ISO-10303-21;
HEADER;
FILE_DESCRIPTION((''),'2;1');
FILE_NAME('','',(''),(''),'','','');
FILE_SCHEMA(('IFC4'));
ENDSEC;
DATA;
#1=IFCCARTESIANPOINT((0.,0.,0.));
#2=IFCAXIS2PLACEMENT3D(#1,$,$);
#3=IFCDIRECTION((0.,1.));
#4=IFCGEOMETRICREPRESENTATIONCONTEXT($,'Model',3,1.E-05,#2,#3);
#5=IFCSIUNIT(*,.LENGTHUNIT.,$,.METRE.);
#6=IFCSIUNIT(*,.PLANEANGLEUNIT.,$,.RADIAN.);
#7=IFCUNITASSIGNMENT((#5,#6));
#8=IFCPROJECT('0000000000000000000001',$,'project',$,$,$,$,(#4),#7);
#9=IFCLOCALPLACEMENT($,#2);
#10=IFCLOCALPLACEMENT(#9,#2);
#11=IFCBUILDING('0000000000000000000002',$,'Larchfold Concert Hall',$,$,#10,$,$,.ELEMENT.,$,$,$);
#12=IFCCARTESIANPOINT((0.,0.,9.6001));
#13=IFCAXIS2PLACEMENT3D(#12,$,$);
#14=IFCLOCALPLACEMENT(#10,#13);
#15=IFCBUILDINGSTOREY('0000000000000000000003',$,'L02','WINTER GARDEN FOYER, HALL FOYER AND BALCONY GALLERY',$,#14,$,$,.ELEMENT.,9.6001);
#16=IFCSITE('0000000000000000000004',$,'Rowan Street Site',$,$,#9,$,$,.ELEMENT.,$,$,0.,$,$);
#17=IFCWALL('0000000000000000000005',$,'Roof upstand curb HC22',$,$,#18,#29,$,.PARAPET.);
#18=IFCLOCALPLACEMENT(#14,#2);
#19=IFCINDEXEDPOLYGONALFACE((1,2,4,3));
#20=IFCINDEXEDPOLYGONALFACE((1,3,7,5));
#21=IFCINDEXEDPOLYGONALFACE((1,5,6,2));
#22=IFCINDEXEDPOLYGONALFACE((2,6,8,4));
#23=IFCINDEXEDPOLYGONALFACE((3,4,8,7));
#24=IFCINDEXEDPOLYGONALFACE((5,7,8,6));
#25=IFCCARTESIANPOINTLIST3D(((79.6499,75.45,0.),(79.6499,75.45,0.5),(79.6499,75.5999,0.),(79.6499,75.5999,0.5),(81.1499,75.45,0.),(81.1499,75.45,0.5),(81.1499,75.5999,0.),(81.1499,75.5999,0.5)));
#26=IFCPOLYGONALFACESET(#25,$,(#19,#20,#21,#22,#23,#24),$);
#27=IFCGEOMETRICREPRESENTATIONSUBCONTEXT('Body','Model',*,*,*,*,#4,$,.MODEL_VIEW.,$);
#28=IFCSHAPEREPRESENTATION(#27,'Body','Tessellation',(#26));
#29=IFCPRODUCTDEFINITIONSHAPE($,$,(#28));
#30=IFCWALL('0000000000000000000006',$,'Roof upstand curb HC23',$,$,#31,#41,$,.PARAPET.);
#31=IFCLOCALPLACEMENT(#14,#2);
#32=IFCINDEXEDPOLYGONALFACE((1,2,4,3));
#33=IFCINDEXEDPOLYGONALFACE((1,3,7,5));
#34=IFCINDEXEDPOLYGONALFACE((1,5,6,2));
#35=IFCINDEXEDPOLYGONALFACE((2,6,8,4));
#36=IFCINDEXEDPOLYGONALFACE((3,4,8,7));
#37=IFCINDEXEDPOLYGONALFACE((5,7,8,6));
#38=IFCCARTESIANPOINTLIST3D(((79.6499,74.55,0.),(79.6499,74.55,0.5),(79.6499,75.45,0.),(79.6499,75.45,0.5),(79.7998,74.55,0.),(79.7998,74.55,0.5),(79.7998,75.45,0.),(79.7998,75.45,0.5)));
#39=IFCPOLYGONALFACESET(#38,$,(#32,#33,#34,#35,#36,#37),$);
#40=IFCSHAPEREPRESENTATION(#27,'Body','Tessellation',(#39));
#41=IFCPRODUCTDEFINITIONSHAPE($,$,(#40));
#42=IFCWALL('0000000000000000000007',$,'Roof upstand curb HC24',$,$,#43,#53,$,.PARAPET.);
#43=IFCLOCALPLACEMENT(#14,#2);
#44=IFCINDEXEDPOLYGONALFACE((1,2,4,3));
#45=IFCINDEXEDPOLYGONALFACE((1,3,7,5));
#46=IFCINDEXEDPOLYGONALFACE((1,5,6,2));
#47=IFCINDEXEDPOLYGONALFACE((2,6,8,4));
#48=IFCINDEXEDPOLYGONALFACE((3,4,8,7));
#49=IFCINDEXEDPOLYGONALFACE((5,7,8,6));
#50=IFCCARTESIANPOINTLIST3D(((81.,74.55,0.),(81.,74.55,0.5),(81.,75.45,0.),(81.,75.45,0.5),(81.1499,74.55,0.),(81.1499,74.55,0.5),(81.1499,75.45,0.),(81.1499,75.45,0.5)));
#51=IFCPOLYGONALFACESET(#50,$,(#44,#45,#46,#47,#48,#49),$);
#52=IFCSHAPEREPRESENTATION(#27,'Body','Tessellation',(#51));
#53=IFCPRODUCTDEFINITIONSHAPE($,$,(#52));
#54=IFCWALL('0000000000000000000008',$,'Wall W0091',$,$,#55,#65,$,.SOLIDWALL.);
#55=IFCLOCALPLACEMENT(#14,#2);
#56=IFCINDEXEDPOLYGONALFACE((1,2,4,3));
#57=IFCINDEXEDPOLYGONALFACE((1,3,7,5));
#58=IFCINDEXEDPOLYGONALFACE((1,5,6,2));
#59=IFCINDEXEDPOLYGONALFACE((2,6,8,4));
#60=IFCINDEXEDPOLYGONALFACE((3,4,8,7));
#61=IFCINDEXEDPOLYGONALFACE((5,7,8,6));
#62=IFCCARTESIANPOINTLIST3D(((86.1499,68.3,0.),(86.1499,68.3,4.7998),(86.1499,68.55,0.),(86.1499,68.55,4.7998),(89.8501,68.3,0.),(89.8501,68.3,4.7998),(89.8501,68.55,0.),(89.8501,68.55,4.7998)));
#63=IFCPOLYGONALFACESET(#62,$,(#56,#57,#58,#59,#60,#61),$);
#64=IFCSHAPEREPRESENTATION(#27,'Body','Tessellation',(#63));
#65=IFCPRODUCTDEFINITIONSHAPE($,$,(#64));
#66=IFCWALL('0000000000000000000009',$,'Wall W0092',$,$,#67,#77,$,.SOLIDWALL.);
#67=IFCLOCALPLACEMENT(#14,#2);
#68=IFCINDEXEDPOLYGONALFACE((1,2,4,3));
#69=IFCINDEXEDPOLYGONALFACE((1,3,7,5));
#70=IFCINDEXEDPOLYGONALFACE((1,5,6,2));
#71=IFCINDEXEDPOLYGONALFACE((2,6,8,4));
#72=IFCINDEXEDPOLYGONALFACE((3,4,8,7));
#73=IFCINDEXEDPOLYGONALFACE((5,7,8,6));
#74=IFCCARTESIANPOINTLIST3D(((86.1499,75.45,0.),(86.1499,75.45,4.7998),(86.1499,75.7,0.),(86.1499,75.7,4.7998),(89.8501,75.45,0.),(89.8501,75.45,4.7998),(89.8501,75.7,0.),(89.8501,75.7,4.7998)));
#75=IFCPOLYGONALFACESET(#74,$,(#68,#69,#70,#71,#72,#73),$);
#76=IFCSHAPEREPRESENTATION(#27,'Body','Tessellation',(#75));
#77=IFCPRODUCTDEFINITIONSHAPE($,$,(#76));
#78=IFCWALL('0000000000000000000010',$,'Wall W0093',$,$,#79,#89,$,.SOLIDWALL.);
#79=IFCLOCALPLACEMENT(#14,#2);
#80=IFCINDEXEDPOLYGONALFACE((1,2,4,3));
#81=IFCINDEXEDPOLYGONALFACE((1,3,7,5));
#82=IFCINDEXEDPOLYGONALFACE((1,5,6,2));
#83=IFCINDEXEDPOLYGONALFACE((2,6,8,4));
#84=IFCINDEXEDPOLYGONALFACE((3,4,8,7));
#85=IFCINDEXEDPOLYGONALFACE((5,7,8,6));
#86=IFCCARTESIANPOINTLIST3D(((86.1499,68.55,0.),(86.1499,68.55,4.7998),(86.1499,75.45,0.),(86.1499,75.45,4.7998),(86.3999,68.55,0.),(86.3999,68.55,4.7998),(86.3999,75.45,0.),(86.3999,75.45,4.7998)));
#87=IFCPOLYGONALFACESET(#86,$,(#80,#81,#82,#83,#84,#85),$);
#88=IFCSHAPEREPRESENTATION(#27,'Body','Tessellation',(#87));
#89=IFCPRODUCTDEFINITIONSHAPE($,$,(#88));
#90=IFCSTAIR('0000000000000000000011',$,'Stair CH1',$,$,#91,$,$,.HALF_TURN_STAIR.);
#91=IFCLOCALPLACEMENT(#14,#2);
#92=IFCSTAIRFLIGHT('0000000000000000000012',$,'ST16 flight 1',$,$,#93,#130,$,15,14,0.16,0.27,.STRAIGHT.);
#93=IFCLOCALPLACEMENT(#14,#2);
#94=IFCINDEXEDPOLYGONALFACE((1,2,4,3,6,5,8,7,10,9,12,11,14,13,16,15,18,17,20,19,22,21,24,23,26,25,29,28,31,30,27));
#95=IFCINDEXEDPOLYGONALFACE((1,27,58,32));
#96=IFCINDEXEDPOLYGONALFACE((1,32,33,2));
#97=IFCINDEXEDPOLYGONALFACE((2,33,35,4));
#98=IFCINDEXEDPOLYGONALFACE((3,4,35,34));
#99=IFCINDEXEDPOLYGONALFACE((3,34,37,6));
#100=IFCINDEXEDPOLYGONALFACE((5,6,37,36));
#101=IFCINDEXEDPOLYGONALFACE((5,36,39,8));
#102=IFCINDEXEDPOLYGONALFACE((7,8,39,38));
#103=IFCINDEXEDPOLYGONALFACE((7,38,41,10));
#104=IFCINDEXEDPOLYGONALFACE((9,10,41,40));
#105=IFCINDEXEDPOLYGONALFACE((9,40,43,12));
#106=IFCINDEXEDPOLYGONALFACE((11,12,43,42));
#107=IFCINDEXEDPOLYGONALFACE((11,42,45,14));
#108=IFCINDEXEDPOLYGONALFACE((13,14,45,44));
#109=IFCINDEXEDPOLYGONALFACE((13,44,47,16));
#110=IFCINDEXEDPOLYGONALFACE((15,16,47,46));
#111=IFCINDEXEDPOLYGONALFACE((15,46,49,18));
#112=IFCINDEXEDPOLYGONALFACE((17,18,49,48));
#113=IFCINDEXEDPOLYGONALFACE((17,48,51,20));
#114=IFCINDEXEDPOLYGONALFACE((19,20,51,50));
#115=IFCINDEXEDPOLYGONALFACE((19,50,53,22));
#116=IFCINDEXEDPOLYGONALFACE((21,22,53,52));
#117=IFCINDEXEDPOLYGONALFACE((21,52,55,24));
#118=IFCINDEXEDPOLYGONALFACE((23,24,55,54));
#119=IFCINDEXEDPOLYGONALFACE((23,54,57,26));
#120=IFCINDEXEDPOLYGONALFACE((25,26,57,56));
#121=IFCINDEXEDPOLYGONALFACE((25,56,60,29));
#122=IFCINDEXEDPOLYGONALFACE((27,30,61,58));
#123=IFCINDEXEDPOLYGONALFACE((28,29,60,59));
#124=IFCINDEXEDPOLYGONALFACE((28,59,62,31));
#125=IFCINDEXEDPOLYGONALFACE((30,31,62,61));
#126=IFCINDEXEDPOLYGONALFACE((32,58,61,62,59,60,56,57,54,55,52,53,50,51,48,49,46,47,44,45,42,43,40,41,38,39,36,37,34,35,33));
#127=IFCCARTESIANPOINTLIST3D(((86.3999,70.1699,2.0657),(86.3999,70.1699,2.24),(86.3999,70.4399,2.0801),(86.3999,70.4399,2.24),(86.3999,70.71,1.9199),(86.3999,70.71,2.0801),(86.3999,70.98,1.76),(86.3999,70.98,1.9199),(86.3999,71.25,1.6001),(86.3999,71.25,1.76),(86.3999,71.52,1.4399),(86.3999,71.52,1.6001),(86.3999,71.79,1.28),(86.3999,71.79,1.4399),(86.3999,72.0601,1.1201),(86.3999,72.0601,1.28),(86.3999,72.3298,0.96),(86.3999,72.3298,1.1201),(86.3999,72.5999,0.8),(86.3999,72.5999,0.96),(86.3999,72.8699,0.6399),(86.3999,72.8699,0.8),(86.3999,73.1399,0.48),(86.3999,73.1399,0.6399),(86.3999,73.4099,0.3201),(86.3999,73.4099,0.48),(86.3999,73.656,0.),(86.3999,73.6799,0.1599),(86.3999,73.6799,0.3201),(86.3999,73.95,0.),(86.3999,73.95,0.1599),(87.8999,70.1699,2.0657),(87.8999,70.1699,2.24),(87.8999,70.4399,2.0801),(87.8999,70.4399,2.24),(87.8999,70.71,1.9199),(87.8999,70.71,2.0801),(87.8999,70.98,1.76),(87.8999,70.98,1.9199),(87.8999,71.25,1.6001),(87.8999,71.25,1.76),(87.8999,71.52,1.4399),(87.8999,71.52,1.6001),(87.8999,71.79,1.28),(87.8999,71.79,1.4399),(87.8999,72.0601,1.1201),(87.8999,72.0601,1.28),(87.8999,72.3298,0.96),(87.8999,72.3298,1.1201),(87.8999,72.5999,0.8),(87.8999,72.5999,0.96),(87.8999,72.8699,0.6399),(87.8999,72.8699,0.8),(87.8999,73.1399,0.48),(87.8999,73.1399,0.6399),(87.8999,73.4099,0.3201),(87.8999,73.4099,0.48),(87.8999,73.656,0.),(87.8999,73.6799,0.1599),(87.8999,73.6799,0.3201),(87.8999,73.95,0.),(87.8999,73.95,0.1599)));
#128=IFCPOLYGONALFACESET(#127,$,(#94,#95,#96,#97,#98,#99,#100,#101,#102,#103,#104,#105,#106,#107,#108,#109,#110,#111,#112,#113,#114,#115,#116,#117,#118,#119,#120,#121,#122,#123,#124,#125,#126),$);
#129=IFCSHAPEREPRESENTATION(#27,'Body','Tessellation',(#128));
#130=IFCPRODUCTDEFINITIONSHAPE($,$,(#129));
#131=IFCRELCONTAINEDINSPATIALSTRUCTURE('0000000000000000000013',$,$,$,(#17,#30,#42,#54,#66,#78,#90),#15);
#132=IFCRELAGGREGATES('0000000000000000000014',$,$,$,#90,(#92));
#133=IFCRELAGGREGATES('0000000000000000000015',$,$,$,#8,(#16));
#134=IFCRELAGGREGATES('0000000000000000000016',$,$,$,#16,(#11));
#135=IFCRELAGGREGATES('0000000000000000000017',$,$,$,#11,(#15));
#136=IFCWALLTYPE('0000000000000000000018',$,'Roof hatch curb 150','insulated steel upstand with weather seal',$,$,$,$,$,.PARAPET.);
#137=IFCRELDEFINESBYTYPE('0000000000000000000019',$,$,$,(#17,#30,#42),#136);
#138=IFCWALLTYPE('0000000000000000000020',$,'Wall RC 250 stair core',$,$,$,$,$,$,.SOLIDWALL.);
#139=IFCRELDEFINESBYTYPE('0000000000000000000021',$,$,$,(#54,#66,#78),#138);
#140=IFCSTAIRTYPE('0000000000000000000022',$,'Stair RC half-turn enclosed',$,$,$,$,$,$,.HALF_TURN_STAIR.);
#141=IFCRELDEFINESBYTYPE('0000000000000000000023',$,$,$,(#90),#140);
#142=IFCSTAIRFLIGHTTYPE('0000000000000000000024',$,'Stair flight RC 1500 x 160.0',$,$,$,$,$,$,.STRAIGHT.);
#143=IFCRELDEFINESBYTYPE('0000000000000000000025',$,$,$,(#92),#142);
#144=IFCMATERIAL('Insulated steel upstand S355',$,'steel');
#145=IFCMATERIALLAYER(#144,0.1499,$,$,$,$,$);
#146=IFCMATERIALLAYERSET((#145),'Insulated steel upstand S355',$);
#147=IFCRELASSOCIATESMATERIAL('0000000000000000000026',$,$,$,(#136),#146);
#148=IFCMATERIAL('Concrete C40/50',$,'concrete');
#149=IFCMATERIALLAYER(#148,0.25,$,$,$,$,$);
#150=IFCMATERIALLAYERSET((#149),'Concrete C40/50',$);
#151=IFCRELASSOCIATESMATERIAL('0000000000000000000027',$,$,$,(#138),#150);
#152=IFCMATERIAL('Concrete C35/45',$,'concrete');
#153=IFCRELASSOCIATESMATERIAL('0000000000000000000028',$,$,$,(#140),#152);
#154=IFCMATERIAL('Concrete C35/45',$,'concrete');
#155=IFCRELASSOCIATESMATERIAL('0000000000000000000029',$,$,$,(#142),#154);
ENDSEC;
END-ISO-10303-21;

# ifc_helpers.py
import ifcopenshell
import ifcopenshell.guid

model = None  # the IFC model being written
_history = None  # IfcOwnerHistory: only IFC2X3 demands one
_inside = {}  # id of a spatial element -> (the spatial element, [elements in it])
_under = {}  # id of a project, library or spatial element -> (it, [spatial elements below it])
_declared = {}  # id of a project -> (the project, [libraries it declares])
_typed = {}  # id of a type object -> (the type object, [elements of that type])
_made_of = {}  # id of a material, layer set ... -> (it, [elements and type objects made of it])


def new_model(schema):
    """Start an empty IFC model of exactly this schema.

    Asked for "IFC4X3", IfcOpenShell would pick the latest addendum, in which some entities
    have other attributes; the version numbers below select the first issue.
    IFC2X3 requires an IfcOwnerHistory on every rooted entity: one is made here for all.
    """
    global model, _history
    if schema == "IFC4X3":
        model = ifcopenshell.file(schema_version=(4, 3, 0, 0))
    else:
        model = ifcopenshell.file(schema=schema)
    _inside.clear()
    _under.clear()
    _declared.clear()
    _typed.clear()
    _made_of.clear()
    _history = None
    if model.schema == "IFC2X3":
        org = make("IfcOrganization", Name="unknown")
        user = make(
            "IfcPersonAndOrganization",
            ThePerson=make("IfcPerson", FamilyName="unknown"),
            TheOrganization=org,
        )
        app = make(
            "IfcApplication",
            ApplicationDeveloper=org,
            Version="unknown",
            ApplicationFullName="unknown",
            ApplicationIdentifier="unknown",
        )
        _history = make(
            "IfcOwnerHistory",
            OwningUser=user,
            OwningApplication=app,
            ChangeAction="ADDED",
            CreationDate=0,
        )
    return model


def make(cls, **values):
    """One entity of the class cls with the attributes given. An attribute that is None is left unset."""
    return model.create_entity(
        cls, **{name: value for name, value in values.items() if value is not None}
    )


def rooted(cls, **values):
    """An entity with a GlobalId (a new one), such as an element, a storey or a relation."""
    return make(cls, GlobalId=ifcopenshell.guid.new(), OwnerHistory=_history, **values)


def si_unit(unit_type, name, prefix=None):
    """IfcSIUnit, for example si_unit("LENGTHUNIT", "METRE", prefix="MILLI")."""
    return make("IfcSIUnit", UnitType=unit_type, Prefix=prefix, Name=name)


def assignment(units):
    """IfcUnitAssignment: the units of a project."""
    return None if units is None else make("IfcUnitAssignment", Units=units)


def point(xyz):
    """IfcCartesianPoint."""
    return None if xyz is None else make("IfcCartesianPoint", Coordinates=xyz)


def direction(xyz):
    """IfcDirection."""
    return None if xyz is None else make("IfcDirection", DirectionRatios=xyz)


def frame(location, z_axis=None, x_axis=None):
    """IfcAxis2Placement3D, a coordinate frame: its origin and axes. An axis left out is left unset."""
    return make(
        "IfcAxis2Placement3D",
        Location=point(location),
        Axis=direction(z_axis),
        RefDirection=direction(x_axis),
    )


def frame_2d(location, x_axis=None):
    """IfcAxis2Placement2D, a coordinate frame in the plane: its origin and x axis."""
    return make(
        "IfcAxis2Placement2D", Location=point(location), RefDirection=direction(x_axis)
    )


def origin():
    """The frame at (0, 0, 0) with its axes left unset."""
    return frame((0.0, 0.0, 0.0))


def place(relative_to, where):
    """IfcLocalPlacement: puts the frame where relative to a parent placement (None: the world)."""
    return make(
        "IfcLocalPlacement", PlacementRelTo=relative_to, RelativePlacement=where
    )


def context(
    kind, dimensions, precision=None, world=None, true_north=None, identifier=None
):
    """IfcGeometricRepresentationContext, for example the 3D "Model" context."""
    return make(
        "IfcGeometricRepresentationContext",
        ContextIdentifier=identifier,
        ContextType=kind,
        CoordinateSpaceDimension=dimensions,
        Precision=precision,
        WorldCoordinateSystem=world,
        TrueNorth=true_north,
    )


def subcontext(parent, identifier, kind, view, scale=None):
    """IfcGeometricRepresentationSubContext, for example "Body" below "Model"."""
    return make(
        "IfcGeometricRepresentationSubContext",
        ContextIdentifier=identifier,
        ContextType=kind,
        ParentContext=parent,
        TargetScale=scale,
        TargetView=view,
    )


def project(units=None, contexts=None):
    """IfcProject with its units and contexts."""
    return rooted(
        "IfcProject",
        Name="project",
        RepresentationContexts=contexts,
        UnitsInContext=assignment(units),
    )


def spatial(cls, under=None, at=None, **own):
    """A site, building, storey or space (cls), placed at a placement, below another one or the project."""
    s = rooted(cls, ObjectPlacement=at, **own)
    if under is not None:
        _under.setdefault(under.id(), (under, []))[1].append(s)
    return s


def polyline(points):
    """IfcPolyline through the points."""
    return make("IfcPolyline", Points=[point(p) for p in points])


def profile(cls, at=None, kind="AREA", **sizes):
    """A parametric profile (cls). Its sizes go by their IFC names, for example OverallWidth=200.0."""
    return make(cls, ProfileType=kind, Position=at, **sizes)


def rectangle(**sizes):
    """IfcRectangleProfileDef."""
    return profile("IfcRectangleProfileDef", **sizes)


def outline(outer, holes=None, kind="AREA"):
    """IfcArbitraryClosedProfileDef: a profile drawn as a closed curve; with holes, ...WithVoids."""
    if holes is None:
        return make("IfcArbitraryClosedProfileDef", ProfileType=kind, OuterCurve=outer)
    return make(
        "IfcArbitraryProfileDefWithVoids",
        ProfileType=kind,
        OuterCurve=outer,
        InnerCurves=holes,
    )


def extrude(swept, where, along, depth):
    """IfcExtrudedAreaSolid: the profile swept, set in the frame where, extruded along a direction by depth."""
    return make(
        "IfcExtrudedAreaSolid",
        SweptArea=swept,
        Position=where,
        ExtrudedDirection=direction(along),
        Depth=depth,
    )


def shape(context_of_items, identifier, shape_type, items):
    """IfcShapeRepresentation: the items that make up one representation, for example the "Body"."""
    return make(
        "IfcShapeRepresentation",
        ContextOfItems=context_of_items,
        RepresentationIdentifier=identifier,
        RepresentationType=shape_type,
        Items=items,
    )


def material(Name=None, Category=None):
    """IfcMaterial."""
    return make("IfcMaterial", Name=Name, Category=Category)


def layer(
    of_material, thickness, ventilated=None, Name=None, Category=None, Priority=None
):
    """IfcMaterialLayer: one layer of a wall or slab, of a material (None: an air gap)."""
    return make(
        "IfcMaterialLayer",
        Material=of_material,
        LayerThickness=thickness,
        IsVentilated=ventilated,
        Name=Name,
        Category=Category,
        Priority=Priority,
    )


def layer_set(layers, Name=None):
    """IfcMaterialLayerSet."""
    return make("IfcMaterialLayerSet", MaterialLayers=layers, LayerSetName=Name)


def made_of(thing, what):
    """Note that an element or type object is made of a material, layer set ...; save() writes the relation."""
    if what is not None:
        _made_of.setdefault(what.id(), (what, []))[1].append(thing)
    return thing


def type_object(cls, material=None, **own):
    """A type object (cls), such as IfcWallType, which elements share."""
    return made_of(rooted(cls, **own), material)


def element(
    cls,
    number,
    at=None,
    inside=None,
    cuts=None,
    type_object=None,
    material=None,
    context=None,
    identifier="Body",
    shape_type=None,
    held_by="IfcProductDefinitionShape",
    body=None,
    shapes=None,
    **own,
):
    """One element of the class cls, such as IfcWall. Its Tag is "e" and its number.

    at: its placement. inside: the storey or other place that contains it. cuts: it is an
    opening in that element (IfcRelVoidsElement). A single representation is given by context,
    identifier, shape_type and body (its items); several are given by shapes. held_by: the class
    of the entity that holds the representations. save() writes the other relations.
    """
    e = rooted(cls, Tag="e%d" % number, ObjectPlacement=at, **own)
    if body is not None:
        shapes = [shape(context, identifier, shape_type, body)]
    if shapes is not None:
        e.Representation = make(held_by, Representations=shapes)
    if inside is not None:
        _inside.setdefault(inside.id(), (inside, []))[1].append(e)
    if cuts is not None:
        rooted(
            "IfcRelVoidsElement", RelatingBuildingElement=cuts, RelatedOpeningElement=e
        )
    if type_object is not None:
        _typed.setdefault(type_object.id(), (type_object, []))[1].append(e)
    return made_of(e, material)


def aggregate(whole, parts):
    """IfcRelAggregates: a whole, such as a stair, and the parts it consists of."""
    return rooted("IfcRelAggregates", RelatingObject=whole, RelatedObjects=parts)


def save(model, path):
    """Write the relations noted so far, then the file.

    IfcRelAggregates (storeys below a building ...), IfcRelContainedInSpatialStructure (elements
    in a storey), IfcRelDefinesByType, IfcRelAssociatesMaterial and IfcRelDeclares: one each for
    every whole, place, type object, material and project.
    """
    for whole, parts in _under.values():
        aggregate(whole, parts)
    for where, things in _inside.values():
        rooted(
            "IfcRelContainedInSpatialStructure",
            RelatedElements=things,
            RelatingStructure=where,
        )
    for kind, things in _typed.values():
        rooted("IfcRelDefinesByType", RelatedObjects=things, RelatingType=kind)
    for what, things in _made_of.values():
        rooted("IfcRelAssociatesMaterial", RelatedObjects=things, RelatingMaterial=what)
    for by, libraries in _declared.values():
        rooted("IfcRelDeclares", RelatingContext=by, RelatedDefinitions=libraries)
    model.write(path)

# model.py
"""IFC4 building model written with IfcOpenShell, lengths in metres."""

from ifc_helpers import new_model, si_unit, direction, frame, frame_2d, origin, place, context, subcontext, project, spatial, polyline, rectangle, outline, extrude, material, layer, layer_set, type_object, element, aggregate, save


model = new_model("IFC4")

# Units and contexts
model_context = context("Model", 3, precision=1e-05, world=origin(), true_north=direction((0.0, 1.0)))
body_context = subcontext(model_context, "Body", "Model", "MODEL_VIEW")
ifc_project = project(units=[si_unit("LENGTHUNIT", "METRE"), si_unit("PLANEANGLEUNIT", "RADIAN")], contexts=[model_context])

# Site, building, storey
site_placement = place(None, origin())
site = spatial("IfcSite", under=ifc_project, at=site_placement, Name="Rowan Street Site", CompositionType="ELEMENT", RefElevation=0.0)
building_placement = place(site_placement, origin())
building = spatial("IfcBuilding", under=site, at=building_placement, Name="Larchfold Concert Hall", CompositionType="ELEMENT")
storey_placement = place(building_placement, frame((0.0, 0.0, 9.6001)))
storey = spatial("IfcBuildingStorey", under=building, at=storey_placement, Name="L02", Description="WINTER GARDEN FOYER, HALL FOYER AND BALCONY GALLERY", CompositionType="ELEMENT", Elevation=9.6001)

# Walls
ifc_material_1 = material(Name="Insulated steel upstand S355", Category="steel")
ifc_layer_1 = layer(ifc_material_1, 0.1499)
ifc_layer_set_1 = layer_set([ifc_layer_1], Name="Insulated steel upstand S355")
wall_type_1 = type_object("IfcWallType", Name="Roof hatch curb 150", Description="insulated steel upstand with weather seal", PredefinedType="PARAPET", material=ifc_layer_set_1)
for number, where, z_axis, x_axis, name in (
    (1, (79.6499, 75.5249, 0.0), (0.0, 0.0, 1.0), (1.0, 0.0, 0.0), "Roof upstand curb HC22"),
):
    element("IfcWall", number, at=place(storey_placement, frame(where, z_axis=z_axis, x_axis=x_axis)), inside=storey, type_object=wall_type_1, Name=name, PredefinedType="PARAPET", context=body_context, shape_type="SweptSolid", body=[
        extrude(rectangle(XDim=1.5, YDim=0.1499, at=frame_2d((0.75, 0.0))), origin(), (0.0, 0.0, 1.0), 0.5),
    ])
for number, where, z_axis, x_axis, name in (
    (2, (79.7249, 74.55, 0.0), (0.0, 0.0, 1.0), (0.0, 1.0, 0.0), "Roof upstand curb HC23"),
    (3, (81.075, 74.55, 0.0), (0.0, 0.0, 1.0), (0.0, 1.0, 0.0), "Roof upstand curb HC24"),
):
    element("IfcWall", number, at=place(storey_placement, frame(where, z_axis=z_axis, x_axis=x_axis)), inside=storey, type_object=wall_type_1, Name=name, PredefinedType="PARAPET", context=body_context, shape_type="SweptSolid", body=[
        extrude(rectangle(XDim=0.8999, YDim=0.1499, at=frame_2d((0.45, 0.0))), origin(), (0.0, 0.0, 1.0), 0.5),
    ])
ifc_material_2 = material(Name="Concrete C40/50", Category="concrete")
ifc_layer_2 = layer(ifc_material_2, 0.25)
ifc_layer_set_2 = layer_set([ifc_layer_2], Name="Concrete C40/50")
wall_type_2 = type_object("IfcWallType", Name="Wall RC 250 stair core", PredefinedType="SOLIDWALL", material=ifc_layer_set_2)
for number, where, z_axis, x_axis, name in (
    (4, (86.1499, 68.425, 0.0), (0.0, 0.0, 1.0), (1.0, 0.0, 0.0), "Wall W0091"),
    (5, (86.1499, 75.575, 0.0), (0.0, 0.0, 1.0), (1.0, 0.0, 0.0), "Wall W0092"),
):
    element("IfcWall", number, at=place(storey_placement, frame(where, z_axis=z_axis, x_axis=x_axis)), inside=storey, type_object=wall_type_2, Name=name, PredefinedType="SOLIDWALL", context=body_context, shape_type="SweptSolid", body=[
        extrude(rectangle(XDim=3.7002, YDim=0.25, at=frame_2d((1.8501, 0.0))), origin(), (0.0, 0.0, 1.0), 4.7998),
    ])
wall_1_placement = place(storey_placement, frame((86.2749, 68.55, 0.0), z_axis=(0.0, 0.0, 1.0), x_axis=(0.0, 1.0, 0.0)))
element("IfcWall", 6, at=wall_1_placement, inside=storey, type_object=wall_type_2, Name="Wall W0093", PredefinedType="SOLIDWALL", context=body_context, shape_type="SweptSolid", body=[
    extrude(rectangle(XDim=6.8999, YDim=0.25, at=frame_2d((3.45, 0.0))), origin(), (0.0, 0.0, 1.0), 4.7998),
])

# Stair, stair flight
ifc_material_3 = material(Name="Concrete C35/45", Category="concrete")
stair_type = type_object("IfcStairType", Name="Stair RC half-turn enclosed", PredefinedType="HALF_TURN_STAIR", material=ifc_material_3)
stair_placement = place(storey_placement, origin())
stair = element("IfcStair", 7, at=stair_placement, inside=storey, type_object=stair_type, Name="Stair CH1", PredefinedType="HALF_TURN_STAIR")
ifc_material_4 = material(Name="Concrete C35/45", Category="concrete")
stair_flight_type = type_object("IfcStairFlightType", Name="Stair flight RC 1500 x 160.0", PredefinedType="STRAIGHT", material=ifc_material_4)
stair_flight_placement = place(storey_placement, frame((87.1499, 73.95, 0.0), z_axis=(0.0, 0.0, 1.0), x_axis=(0.0, -1.0, 0.0)))
stair_flight = element("IfcStairFlight", 8, at=stair_flight_placement, type_object=stair_flight_type, Name="ST16 flight 1", NumberOfRisers=15, NumberOfTreads=14, PredefinedType="STRAIGHT", RiserHeight=0.16, TreadLength=0.27, context=body_context, shape_type="SweptSolid", body=[
    extrude(outline(polyline([(0.0, 0.0), (0.0, 0.1599), (0.27, 0.1599), (0.27, 0.3201), (0.54, 0.3201), (0.54, 0.48), (0.8101, 0.48), (0.8101, 0.6399), (1.0801, 0.6399), (1.0801, 0.8), (1.3501, 0.8), (1.3501, 0.96), (1.6201, 0.96), (1.6201, 1.1201), (1.8899, 1.1201), (1.8899, 1.28), (2.1599, 1.28), (2.1599, 1.4399), (2.4299, 1.4399), (2.4299, 1.6001), (2.7, 1.6001), (2.7, 1.76), (2.97, 1.76), (2.97, 1.9199), (3.24, 1.9199), (3.24, 2.0801), (3.51, 2.0801), (3.51, 2.24), (3.78, 2.24), (3.78, 2.3999), (3.78, 2.0657), (0.2939, 0.0), (0.0, 0.0)])), frame((0.0, 0.75, 0.0), z_axis=(0.0, -1.0, 0.0), x_axis=(1.0, 0.0, 0.0)), (0.0, 0.0, 1.0), 1.5),
])
aggregate(stair, [stair_flight])

save(model, "model.ifc")
